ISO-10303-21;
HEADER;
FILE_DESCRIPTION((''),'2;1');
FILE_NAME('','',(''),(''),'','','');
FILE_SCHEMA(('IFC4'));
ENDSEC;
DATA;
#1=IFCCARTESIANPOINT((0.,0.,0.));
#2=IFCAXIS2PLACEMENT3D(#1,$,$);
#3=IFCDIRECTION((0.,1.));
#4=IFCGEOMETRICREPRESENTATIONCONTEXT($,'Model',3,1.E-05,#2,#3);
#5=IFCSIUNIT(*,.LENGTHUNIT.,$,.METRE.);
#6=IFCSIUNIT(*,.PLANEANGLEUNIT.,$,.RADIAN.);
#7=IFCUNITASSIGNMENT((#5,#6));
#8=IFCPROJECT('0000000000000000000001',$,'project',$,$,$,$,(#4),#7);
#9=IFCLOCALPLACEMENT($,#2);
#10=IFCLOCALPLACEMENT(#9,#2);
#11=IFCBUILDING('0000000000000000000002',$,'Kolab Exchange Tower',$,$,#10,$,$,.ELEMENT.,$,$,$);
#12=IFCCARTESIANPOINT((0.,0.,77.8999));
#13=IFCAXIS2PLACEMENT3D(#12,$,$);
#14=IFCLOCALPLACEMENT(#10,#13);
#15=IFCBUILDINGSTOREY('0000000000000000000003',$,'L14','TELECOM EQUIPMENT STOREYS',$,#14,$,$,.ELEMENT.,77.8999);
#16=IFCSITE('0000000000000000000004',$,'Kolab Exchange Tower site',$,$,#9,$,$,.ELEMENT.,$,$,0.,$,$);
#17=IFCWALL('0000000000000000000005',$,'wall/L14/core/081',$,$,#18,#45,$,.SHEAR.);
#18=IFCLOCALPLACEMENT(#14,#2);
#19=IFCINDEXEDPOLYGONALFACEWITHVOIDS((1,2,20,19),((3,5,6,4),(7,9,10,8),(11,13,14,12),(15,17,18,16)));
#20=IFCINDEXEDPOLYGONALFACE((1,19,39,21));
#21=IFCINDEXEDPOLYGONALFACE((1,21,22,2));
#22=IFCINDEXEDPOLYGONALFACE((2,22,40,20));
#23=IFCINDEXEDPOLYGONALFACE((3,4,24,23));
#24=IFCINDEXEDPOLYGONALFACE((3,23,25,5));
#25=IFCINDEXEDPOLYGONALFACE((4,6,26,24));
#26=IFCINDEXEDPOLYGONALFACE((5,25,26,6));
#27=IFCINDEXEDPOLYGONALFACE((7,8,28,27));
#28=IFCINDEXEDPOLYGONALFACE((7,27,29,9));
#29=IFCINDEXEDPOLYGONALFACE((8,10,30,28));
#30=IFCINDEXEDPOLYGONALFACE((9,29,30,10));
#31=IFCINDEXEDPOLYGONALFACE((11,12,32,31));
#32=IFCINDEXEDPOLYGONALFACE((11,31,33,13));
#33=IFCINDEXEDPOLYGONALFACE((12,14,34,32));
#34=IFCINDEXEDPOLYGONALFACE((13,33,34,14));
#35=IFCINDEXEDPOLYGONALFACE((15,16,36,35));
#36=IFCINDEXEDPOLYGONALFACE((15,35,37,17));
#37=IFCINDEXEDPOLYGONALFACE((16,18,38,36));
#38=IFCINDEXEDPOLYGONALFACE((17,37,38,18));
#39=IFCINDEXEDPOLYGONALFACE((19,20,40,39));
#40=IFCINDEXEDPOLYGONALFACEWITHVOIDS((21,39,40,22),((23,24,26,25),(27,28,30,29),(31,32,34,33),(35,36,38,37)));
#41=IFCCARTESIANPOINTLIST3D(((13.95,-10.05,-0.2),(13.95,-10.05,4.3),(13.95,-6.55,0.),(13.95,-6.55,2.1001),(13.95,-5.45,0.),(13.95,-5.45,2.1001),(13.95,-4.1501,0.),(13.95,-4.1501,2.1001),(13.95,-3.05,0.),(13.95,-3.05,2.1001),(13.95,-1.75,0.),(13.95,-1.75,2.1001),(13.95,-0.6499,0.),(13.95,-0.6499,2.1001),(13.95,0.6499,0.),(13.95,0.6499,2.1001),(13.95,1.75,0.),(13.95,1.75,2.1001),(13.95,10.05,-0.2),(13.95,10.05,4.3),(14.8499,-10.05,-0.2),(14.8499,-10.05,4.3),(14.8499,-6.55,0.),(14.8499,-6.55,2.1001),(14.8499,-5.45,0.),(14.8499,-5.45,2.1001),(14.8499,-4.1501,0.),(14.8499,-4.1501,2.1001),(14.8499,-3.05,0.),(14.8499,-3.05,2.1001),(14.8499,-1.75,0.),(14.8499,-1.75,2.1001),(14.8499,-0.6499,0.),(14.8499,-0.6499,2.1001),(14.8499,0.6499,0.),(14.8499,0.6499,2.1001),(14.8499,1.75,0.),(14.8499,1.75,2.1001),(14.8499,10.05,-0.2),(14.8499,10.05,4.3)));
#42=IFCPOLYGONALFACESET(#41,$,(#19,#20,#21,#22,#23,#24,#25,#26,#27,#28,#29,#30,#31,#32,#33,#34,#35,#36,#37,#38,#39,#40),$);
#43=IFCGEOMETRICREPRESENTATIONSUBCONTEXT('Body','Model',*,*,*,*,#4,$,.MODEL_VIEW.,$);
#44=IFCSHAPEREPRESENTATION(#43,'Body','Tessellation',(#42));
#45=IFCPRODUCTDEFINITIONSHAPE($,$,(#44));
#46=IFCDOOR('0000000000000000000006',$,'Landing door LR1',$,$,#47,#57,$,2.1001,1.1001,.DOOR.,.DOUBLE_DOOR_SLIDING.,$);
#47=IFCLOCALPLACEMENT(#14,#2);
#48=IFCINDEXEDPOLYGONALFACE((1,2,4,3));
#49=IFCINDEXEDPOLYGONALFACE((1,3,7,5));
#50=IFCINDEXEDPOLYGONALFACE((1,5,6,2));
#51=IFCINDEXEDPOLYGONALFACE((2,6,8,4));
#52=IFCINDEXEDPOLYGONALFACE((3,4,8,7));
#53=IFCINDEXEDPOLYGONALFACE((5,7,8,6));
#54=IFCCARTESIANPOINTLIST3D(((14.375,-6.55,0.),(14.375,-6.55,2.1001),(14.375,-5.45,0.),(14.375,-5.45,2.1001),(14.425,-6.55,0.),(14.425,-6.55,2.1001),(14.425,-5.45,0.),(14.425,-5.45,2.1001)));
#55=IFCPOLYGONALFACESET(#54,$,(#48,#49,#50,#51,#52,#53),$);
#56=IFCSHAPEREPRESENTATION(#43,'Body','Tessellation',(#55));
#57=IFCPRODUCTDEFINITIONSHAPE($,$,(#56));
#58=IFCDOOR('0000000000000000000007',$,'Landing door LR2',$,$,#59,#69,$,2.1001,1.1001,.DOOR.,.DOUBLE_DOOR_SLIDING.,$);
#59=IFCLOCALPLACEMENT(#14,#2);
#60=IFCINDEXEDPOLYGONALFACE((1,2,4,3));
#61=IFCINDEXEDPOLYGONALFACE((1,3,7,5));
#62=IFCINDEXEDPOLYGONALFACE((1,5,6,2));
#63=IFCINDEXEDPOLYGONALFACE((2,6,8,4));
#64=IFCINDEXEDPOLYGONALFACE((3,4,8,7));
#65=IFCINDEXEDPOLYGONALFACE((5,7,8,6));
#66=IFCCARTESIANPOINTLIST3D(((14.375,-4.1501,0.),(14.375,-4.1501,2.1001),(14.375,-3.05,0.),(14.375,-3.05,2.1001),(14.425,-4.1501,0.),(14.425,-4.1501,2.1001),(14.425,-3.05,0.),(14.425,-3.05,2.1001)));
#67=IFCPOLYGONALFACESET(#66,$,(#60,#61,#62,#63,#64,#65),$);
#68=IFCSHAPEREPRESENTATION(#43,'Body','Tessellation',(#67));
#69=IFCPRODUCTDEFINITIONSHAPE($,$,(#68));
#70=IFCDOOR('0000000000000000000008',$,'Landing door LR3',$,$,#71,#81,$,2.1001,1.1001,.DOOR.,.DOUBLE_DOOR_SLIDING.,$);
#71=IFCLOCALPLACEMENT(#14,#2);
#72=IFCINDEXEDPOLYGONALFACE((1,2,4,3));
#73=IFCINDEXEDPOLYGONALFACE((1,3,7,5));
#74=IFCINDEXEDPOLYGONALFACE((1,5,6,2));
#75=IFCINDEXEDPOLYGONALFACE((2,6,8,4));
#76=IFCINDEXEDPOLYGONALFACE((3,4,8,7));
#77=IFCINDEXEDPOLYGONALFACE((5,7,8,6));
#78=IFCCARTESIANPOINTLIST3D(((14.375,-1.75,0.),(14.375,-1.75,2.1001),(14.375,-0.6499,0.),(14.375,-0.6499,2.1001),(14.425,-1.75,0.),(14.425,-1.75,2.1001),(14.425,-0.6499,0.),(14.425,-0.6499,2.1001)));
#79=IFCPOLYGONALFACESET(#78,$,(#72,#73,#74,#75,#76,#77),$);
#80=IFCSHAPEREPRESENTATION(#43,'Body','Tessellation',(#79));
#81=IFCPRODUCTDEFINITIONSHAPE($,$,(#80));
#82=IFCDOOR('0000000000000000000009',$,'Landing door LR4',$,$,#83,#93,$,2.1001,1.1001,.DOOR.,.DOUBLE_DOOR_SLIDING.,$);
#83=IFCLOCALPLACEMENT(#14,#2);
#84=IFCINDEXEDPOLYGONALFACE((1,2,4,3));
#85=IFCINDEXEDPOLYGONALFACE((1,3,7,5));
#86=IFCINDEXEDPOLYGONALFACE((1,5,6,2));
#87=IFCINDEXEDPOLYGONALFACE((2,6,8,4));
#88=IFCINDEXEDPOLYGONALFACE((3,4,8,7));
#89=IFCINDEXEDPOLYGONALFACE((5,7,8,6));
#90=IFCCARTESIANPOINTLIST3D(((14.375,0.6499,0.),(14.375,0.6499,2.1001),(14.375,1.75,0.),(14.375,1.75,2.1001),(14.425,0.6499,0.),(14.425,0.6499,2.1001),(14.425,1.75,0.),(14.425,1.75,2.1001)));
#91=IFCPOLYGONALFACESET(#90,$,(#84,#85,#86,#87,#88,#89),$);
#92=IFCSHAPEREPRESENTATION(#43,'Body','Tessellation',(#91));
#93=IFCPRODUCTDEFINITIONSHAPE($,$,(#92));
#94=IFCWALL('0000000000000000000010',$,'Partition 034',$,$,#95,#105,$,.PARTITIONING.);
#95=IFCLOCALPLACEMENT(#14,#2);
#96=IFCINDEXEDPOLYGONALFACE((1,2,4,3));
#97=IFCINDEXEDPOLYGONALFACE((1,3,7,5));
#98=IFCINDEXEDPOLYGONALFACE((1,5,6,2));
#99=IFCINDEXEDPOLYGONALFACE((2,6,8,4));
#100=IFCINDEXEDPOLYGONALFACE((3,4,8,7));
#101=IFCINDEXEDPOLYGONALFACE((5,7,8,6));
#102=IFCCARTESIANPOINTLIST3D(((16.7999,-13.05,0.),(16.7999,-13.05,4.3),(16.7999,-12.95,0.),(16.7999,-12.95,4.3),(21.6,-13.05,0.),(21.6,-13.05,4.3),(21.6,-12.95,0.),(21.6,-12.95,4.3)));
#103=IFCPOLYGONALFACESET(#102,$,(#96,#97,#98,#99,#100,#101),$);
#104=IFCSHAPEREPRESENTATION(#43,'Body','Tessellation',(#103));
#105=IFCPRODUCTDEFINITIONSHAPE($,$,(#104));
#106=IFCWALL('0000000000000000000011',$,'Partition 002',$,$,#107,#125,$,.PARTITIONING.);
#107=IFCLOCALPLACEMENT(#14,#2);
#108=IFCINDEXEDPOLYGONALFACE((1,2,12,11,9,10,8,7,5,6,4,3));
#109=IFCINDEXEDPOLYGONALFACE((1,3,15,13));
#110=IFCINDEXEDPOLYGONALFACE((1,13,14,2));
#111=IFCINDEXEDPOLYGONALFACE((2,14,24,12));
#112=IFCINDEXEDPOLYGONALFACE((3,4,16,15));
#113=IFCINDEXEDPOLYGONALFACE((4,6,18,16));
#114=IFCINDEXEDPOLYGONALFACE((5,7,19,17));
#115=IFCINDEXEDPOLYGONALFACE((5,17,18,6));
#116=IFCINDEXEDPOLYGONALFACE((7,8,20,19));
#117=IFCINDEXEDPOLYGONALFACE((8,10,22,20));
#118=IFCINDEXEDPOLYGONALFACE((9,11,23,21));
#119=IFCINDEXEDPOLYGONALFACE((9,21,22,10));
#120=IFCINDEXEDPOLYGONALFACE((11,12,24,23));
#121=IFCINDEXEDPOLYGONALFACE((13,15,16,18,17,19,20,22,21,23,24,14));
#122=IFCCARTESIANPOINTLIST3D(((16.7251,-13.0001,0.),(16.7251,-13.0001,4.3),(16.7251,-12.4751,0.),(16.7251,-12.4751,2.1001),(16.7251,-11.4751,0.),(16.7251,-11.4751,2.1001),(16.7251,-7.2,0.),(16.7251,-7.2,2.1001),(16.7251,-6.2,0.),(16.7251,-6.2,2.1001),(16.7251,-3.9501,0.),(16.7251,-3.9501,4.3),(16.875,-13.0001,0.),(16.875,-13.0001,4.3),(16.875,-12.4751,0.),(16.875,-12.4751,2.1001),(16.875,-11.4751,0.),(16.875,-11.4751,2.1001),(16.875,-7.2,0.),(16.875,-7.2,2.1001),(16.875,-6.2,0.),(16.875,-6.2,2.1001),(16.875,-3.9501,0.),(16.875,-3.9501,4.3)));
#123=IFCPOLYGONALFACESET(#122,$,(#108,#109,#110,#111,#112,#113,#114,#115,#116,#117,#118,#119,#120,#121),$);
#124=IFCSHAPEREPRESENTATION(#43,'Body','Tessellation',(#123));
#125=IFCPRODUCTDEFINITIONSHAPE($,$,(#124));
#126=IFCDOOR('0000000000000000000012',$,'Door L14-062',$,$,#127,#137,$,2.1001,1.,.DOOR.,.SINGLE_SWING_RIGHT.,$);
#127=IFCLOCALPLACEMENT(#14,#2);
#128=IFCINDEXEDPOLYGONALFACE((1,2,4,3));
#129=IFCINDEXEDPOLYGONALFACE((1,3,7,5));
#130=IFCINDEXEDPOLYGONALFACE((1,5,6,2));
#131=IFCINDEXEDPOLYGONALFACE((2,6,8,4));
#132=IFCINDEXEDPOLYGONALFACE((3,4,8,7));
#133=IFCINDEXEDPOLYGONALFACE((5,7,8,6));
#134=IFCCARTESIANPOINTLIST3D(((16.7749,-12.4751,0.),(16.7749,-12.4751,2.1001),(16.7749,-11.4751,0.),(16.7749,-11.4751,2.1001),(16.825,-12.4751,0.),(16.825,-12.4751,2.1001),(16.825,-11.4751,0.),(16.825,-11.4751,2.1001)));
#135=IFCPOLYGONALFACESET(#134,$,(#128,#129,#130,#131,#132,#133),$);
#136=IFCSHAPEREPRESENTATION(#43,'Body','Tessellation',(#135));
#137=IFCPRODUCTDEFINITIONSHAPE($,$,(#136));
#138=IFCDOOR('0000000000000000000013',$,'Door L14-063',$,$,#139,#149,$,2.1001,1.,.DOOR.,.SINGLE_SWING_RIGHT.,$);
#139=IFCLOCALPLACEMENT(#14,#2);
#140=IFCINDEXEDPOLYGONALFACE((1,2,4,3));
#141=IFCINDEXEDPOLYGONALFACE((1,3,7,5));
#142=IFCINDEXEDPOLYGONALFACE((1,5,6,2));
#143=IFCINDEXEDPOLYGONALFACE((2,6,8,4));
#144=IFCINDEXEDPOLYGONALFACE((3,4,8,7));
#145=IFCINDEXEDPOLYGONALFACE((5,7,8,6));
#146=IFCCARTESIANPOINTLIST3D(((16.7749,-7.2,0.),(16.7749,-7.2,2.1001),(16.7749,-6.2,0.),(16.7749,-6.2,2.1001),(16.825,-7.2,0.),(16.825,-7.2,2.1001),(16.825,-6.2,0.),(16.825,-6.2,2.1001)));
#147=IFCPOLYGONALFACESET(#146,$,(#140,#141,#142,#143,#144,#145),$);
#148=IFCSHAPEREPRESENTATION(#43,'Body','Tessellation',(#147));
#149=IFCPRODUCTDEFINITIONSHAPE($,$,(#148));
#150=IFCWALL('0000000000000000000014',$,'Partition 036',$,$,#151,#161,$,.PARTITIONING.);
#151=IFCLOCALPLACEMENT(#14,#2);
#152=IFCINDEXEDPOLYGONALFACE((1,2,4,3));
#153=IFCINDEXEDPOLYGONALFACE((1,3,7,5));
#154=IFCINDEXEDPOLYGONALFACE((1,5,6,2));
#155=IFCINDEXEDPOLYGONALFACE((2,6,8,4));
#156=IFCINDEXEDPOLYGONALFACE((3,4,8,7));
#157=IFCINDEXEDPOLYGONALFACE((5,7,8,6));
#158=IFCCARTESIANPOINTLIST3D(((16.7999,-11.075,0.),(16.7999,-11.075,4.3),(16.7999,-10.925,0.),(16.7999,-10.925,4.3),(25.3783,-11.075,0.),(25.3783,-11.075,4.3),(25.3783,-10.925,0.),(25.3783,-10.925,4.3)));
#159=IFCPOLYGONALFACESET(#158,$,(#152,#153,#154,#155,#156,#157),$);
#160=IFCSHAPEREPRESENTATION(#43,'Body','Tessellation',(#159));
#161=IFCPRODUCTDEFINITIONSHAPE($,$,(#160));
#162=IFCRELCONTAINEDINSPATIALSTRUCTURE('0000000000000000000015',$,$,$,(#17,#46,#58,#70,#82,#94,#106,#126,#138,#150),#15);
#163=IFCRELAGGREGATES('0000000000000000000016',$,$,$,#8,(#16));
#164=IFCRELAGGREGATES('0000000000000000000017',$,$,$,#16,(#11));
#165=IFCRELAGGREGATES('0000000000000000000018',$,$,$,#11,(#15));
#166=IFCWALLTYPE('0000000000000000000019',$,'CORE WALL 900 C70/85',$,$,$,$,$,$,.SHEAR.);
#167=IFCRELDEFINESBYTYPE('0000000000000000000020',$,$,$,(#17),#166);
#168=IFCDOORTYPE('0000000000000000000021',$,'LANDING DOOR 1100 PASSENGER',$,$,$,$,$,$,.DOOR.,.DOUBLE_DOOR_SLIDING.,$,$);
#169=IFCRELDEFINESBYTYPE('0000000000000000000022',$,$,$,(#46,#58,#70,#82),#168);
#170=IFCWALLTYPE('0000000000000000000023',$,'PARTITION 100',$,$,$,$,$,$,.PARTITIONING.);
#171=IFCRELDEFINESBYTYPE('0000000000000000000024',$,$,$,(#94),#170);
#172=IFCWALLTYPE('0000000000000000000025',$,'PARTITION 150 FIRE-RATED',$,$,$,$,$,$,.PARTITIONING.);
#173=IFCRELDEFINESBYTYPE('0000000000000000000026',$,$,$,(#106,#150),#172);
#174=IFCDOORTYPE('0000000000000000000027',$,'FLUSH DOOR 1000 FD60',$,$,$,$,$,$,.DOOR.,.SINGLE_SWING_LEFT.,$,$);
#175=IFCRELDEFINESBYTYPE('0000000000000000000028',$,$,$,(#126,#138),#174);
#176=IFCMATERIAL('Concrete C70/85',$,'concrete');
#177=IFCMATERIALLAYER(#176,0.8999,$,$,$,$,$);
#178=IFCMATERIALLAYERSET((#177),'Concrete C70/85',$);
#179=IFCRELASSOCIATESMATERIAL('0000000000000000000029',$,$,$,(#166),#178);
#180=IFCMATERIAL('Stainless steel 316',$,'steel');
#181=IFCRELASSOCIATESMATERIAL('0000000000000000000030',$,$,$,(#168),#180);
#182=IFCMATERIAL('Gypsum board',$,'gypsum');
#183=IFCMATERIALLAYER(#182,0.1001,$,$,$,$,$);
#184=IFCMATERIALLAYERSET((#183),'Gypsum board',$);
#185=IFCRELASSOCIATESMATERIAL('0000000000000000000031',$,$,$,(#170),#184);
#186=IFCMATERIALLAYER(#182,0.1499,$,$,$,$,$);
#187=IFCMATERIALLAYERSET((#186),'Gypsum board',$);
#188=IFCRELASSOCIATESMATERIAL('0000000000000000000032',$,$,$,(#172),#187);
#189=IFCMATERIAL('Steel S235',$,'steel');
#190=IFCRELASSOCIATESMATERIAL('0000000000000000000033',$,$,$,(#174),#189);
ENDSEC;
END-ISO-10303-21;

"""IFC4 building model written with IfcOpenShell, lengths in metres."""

from ifc_helpers import new_model, si_unit, direction, frame, frame_2d, origin, place, context, subcontext, project, spatial, rectangle, extrude, material, layer, layer_set, type_object, element, fill, save


model = new_model("IFC4")

# Units and contexts
model_context = context("Model", 3, precision=1e-05, world=origin(), true_north=direction((0.0, 1.0)))
body_context = subcontext(model_context, "Body", "Model", "MODEL_VIEW")
ifc_project = project(units=[si_unit("LENGTHUNIT", "METRE"), si_unit("PLANEANGLEUNIT", "RADIAN")], contexts=[model_context])

# Site, building, storey
site_placement = place(None, origin())
site = spatial("IfcSite", under=ifc_project, at=site_placement, Name="Kolab Exchange Tower site", CompositionType="ELEMENT", RefElevation=0.0)
building_placement = place(site_placement, origin())
building = spatial("IfcBuilding", under=site, at=building_placement, Name="Kolab Exchange Tower", CompositionType="ELEMENT")
storey_placement = place(building_placement, frame((0.0, 0.0, 77.8999)))
storey = spatial("IfcBuildingStorey", under=building, at=storey_placement, Name="L14", Description="TELECOM EQUIPMENT STOREYS", CompositionType="ELEMENT", Elevation=77.8999)

# Shared definitions
ifc_material_1 = material(Name="Concrete C70/85", Category="concrete")

# Wall, openings, doors
ifc_layer_1 = layer(ifc_material_1, 0.8999)
ifc_layer_set_1 = layer_set([ifc_layer_1], Name="Concrete C70/85")
wall_type_1 = type_object("IfcWallType", Name="CORE WALL 900 C70/85", PredefinedType="SHEAR", material=ifc_layer_set_1)
wall_1_placement = place(storey_placement, frame((14.3999, -10.05, -0.2), z_axis=(0.0, 0.0, 1.0), x_axis=(0.0, 1.0, 0.0)))
wall_1 = element("IfcWall", 1, at=wall_1_placement, inside=storey, type_object=wall_type_1, Name="wall/L14/core/081", PredefinedType="SHEAR", context=body_context, shape_type="SweptSolid", body=[
    extrude(rectangle(XDim=20.1001, YDim=0.8999, at=frame_2d((10.05, 0.0))), origin(), (0.0, 0.0, 1.0), 4.5),
])
opening_1_placement = place(wall_1_placement, frame((3.5, 0.0, 0.2)))
opening_1 = element("IfcOpeningElement", 2, at=opening_1_placement, cuts=wall_1, PredefinedType="OPENING", context=body_context, shape_type="SweptSolid", body=[
    extrude(rectangle(XDim=1.1001, YDim=2.1001, at=frame_2d((0.55, 1.05))), frame((0.0, 0.46, 0.0), z_axis=(0.0, -1.0, 0.0), x_axis=(1.0, 0.0, 0.0)), (0.0, 0.0, 1.0), 0.9199),
])
opening_2_placement = place(wall_1_placement, frame((5.8999, 0.0, 0.2)))
opening_2 = element("IfcOpeningElement", 3, at=opening_2_placement, cuts=wall_1, PredefinedType="OPENING", context=body_context, shape_type="SweptSolid", body=[
    extrude(rectangle(XDim=1.1001, YDim=2.1001, at=frame_2d((0.55, 1.05))), frame((0.0, 0.46, 0.0), z_axis=(0.0, -1.0, 0.0), x_axis=(1.0, 0.0, 0.0)), (0.0, 0.0, 1.0), 0.9199),
])
opening_3_placement = place(wall_1_placement, frame((8.3, 0.0, 0.2)))
opening_3 = element("IfcOpeningElement", 4, at=opening_3_placement, cuts=wall_1, PredefinedType="OPENING", context=body_context, shape_type="SweptSolid", body=[
    extrude(rectangle(XDim=1.1001, YDim=2.1001, at=frame_2d((0.55, 1.05))), frame((0.0, 0.46, 0.0), z_axis=(0.0, -1.0, 0.0), x_axis=(1.0, 0.0, 0.0)), (0.0, 0.0, 1.0), 0.9199),
])
opening_4_placement = place(wall_1_placement, frame((10.7, 0.0, 0.2)))
opening_4 = element("IfcOpeningElement", 5, at=opening_4_placement, cuts=wall_1, PredefinedType="OPENING", context=body_context, shape_type="SweptSolid", body=[
    extrude(rectangle(XDim=1.1001, YDim=2.1001, at=frame_2d((0.55, 1.05))), frame((0.0, 0.46, 0.0), z_axis=(0.0, -1.0, 0.0), x_axis=(1.0, 0.0, 0.0)), (0.0, 0.0, 1.0), 0.9199),
])
ifc_material_2 = material(Name="Stainless steel 316", Category="steel")
door_type_1 = type_object("IfcDoorType", Name="LANDING DOOR 1100 PASSENGER", OperationType="DOUBLE_DOOR_SLIDING", PredefinedType="DOOR", material=ifc_material_2)
door_1_placement = place(opening_1_placement, origin())
door_1 = element("IfcDoor", 6, at=door_1_placement, inside=storey, type_object=door_type_1, Name="Landing door LR1", OperationType="DOUBLE_DOOR_SLIDING", OverallHeight=2.1001, OverallWidth=1.1001, PredefinedType="DOOR", context=body_context, shape_type="SweptSolid", body=[
    extrude(rectangle(XDim=1.1001, YDim=2.1001, at=frame_2d((0.55, 1.05))), frame((0.0, 0.0249, 0.0), z_axis=(0.0, -1.0, 0.0), x_axis=(1.0, 0.0, 0.0)), (0.0, 0.0, 1.0), 0.05),
])
fill(opening_1, door_1)
door_2_placement = place(opening_2_placement, origin())
door_2 = element("IfcDoor", 7, at=door_2_placement, inside=storey, type_object=door_type_1, Name="Landing door LR2", OperationType="DOUBLE_DOOR_SLIDING", OverallHeight=2.1001, OverallWidth=1.1001, PredefinedType="DOOR", context=body_context, shape_type="SweptSolid", body=[
    extrude(rectangle(XDim=1.1001, YDim=2.1001, at=frame_2d((0.55, 1.05))), frame((0.0, 0.0249, 0.0), z_axis=(0.0, -1.0, 0.0), x_axis=(1.0, 0.0, 0.0)), (0.0, 0.0, 1.0), 0.05),
])
fill(opening_2, door_2)
door_3_placement = place(opening_3_placement, origin())
door_3 = element("IfcDoor", 8, at=door_3_placement, inside=storey, type_object=door_type_1, Name="Landing door LR3", OperationType="DOUBLE_DOOR_SLIDING", OverallHeight=2.1001, OverallWidth=1.1001, PredefinedType="DOOR", context=body_context, shape_type="SweptSolid", body=[
    extrude(rectangle(XDim=1.1001, YDim=2.1001, at=frame_2d((0.55, 1.05))), frame((0.0, 0.0249, 0.0), z_axis=(0.0, -1.0, 0.0), x_axis=(1.0, 0.0, 0.0)), (0.0, 0.0, 1.0), 0.05),
])
fill(opening_3, door_3)
door_4_placement = place(opening_4_placement, origin())
door_4 = element("IfcDoor", 9, at=door_4_placement, inside=storey, type_object=door_type_1, Name="Landing door LR4", OperationType="DOUBLE_DOOR_SLIDING", OverallHeight=2.1001, OverallWidth=1.1001, PredefinedType="DOOR", context=body_context, shape_type="SweptSolid", body=[
    extrude(rectangle(XDim=1.1001, YDim=2.1001, at=frame_2d((0.55, 1.05))), frame((0.0, 0.0249, 0.0), z_axis=(0.0, -1.0, 0.0), x_axis=(1.0, 0.0, 0.0)), (0.0, 0.0, 1.0), 0.05),
])
fill(opening_4, door_4)

# Wall
ifc_material_3 = material(Name="Gypsum board", Category="gypsum")
ifc_layer_2 = layer(ifc_material_3, 0.1001)
ifc_layer_set_2 = layer_set([ifc_layer_2], Name="Gypsum board")
wall_type_2 = type_object("IfcWallType", Name="PARTITION 100", PredefinedType="PARTITIONING", material=ifc_layer_set_2)
wall_2_placement = place(storey_placement, frame((16.8, -13.0, 0.0), z_axis=(0.0, 0.0, 1.0), x_axis=(1.0, 0.0, 0.0)))
element("IfcWall", 10, at=wall_2_placement, inside=storey, type_object=wall_type_2, Name="Partition 034", PredefinedType="PARTITIONING", context=body_context, shape_type="SweptSolid", body=[
    extrude(rectangle(XDim=4.8, YDim=0.1001, at=frame_2d((2.3999, 0.0))), origin(), (0.0, 0.0, 1.0), 4.3),
])

# Wall, openings, doors
ifc_layer_3 = layer(ifc_material_3, 0.1499)
ifc_layer_set_3 = layer_set([ifc_layer_3], Name="Gypsum board")
wall_type_3 = type_object("IfcWallType", Name="PARTITION 150 FIRE-RATED", PredefinedType="PARTITIONING", material=ifc_layer_set_3)
wall_3_placement = place(storey_placement, frame((16.8, -13.0, 0.0), z_axis=(0.0, 0.0, 1.0), x_axis=(0.0, 1.0, 0.0)))
wall_3 = element("IfcWall", 11, at=wall_3_placement, inside=storey, type_object=wall_type_3, Name="Partition 002", PredefinedType="PARTITIONING", context=body_context, shape_type="SweptSolid", body=[
    extrude(rectangle(XDim=9.05, YDim=0.1499, at=frame_2d((4.5249, 0.0))), origin(), (0.0, 0.0, 1.0), 4.3),
])
opening_5_placement = place(wall_3_placement, frame((0.5249, 0.0, 0.0)))
opening_5 = element("IfcOpeningElement", 12, at=opening_5_placement, cuts=wall_3, PredefinedType="OPENING", context=body_context, shape_type="SweptSolid", body=[
    extrude(rectangle(XDim=1.0, YDim=2.1001, at=frame_2d((0.5, 1.05))), frame((0.0, 0.085, 0.0), z_axis=(0.0, -1.0, 0.0), x_axis=(1.0, 0.0, 0.0)), (0.0, 0.0, 1.0), 0.1699),
])
opening_6_placement = place(wall_3_placement, frame((5.8, 0.0, 0.0)))
opening_6 = element("IfcOpeningElement", 13, at=opening_6_placement, cuts=wall_3, PredefinedType="OPENING", context=body_context, shape_type="SweptSolid", body=[
    extrude(rectangle(XDim=1.0, YDim=2.1001, at=frame_2d((0.5, 1.05))), frame((0.0, 0.085, 0.0), z_axis=(0.0, -1.0, 0.0), x_axis=(1.0, 0.0, 0.0)), (0.0, 0.0, 1.0), 0.1699),
])
ifc_material_4 = material(Name="Steel S235", Category="steel")
door_type_2 = type_object("IfcDoorType", Name="FLUSH DOOR 1000 FD60", OperationType="SINGLE_SWING_LEFT", PredefinedType="DOOR", material=ifc_material_4)
door_5_placement = place(opening_5_placement, frame((1.0, 0.0, 0.0), z_axis=(0.0, 0.0, 1.0), x_axis=(-1.0, 0.0, 0.0)))
door_5 = element("IfcDoor", 14, at=door_5_placement, inside=storey, type_object=door_type_2, Name="Door L14-062", OperationType="SINGLE_SWING_RIGHT", OverallHeight=2.1001, OverallWidth=1.0, PredefinedType="DOOR", context=body_context, shape_type="SweptSolid", body=[
    extrude(rectangle(XDim=1.0, YDim=2.1001, at=frame_2d((0.5, 1.05))), frame((0.0, 0.0249, 0.0), z_axis=(0.0, -1.0, 0.0), x_axis=(1.0, 0.0, 0.0)), (0.0, 0.0, 1.0), 0.05),
])
fill(opening_5, door_5)
door_6_placement = place(opening_6_placement, frame((1.0, 0.0, 0.0), z_axis=(0.0, 0.0, 1.0), x_axis=(-1.0, 0.0, 0.0)))
door_6 = element("IfcDoor", 15, at=door_6_placement, inside=storey, type_object=door_type_2, Name="Door L14-063", OperationType="SINGLE_SWING_RIGHT", OverallHeight=2.1001, OverallWidth=1.0, PredefinedType="DOOR", context=body_context, shape_type="SweptSolid", body=[
    extrude(rectangle(XDim=1.0, YDim=2.1001, at=frame_2d((0.5, 1.05))), frame((0.0, 0.0249, 0.0), z_axis=(0.0, -1.0, 0.0), x_axis=(1.0, 0.0, 0.0)), (0.0, 0.0, 1.0), 0.05),
])
fill(opening_6, door_6)

# Wall
wall_4_placement = place(storey_placement, frame((16.8, -11.0, 0.0), z_axis=(0.0, 0.0, 1.0), x_axis=(1.0, 0.0, 0.0)))
element("IfcWall", 16, at=wall_4_placement, inside=storey, type_object=wall_type_3, Name="Partition 036", PredefinedType="PARTITIONING", context=body_context, shape_type="SweptSolid", body=[
    extrude(rectangle(XDim=8.5784, YDim=0.1499, at=frame_2d((4.2891, 0.0))), origin(), (0.0, 0.0, 1.0), 4.3),
])

save(model, "model.ifc")
